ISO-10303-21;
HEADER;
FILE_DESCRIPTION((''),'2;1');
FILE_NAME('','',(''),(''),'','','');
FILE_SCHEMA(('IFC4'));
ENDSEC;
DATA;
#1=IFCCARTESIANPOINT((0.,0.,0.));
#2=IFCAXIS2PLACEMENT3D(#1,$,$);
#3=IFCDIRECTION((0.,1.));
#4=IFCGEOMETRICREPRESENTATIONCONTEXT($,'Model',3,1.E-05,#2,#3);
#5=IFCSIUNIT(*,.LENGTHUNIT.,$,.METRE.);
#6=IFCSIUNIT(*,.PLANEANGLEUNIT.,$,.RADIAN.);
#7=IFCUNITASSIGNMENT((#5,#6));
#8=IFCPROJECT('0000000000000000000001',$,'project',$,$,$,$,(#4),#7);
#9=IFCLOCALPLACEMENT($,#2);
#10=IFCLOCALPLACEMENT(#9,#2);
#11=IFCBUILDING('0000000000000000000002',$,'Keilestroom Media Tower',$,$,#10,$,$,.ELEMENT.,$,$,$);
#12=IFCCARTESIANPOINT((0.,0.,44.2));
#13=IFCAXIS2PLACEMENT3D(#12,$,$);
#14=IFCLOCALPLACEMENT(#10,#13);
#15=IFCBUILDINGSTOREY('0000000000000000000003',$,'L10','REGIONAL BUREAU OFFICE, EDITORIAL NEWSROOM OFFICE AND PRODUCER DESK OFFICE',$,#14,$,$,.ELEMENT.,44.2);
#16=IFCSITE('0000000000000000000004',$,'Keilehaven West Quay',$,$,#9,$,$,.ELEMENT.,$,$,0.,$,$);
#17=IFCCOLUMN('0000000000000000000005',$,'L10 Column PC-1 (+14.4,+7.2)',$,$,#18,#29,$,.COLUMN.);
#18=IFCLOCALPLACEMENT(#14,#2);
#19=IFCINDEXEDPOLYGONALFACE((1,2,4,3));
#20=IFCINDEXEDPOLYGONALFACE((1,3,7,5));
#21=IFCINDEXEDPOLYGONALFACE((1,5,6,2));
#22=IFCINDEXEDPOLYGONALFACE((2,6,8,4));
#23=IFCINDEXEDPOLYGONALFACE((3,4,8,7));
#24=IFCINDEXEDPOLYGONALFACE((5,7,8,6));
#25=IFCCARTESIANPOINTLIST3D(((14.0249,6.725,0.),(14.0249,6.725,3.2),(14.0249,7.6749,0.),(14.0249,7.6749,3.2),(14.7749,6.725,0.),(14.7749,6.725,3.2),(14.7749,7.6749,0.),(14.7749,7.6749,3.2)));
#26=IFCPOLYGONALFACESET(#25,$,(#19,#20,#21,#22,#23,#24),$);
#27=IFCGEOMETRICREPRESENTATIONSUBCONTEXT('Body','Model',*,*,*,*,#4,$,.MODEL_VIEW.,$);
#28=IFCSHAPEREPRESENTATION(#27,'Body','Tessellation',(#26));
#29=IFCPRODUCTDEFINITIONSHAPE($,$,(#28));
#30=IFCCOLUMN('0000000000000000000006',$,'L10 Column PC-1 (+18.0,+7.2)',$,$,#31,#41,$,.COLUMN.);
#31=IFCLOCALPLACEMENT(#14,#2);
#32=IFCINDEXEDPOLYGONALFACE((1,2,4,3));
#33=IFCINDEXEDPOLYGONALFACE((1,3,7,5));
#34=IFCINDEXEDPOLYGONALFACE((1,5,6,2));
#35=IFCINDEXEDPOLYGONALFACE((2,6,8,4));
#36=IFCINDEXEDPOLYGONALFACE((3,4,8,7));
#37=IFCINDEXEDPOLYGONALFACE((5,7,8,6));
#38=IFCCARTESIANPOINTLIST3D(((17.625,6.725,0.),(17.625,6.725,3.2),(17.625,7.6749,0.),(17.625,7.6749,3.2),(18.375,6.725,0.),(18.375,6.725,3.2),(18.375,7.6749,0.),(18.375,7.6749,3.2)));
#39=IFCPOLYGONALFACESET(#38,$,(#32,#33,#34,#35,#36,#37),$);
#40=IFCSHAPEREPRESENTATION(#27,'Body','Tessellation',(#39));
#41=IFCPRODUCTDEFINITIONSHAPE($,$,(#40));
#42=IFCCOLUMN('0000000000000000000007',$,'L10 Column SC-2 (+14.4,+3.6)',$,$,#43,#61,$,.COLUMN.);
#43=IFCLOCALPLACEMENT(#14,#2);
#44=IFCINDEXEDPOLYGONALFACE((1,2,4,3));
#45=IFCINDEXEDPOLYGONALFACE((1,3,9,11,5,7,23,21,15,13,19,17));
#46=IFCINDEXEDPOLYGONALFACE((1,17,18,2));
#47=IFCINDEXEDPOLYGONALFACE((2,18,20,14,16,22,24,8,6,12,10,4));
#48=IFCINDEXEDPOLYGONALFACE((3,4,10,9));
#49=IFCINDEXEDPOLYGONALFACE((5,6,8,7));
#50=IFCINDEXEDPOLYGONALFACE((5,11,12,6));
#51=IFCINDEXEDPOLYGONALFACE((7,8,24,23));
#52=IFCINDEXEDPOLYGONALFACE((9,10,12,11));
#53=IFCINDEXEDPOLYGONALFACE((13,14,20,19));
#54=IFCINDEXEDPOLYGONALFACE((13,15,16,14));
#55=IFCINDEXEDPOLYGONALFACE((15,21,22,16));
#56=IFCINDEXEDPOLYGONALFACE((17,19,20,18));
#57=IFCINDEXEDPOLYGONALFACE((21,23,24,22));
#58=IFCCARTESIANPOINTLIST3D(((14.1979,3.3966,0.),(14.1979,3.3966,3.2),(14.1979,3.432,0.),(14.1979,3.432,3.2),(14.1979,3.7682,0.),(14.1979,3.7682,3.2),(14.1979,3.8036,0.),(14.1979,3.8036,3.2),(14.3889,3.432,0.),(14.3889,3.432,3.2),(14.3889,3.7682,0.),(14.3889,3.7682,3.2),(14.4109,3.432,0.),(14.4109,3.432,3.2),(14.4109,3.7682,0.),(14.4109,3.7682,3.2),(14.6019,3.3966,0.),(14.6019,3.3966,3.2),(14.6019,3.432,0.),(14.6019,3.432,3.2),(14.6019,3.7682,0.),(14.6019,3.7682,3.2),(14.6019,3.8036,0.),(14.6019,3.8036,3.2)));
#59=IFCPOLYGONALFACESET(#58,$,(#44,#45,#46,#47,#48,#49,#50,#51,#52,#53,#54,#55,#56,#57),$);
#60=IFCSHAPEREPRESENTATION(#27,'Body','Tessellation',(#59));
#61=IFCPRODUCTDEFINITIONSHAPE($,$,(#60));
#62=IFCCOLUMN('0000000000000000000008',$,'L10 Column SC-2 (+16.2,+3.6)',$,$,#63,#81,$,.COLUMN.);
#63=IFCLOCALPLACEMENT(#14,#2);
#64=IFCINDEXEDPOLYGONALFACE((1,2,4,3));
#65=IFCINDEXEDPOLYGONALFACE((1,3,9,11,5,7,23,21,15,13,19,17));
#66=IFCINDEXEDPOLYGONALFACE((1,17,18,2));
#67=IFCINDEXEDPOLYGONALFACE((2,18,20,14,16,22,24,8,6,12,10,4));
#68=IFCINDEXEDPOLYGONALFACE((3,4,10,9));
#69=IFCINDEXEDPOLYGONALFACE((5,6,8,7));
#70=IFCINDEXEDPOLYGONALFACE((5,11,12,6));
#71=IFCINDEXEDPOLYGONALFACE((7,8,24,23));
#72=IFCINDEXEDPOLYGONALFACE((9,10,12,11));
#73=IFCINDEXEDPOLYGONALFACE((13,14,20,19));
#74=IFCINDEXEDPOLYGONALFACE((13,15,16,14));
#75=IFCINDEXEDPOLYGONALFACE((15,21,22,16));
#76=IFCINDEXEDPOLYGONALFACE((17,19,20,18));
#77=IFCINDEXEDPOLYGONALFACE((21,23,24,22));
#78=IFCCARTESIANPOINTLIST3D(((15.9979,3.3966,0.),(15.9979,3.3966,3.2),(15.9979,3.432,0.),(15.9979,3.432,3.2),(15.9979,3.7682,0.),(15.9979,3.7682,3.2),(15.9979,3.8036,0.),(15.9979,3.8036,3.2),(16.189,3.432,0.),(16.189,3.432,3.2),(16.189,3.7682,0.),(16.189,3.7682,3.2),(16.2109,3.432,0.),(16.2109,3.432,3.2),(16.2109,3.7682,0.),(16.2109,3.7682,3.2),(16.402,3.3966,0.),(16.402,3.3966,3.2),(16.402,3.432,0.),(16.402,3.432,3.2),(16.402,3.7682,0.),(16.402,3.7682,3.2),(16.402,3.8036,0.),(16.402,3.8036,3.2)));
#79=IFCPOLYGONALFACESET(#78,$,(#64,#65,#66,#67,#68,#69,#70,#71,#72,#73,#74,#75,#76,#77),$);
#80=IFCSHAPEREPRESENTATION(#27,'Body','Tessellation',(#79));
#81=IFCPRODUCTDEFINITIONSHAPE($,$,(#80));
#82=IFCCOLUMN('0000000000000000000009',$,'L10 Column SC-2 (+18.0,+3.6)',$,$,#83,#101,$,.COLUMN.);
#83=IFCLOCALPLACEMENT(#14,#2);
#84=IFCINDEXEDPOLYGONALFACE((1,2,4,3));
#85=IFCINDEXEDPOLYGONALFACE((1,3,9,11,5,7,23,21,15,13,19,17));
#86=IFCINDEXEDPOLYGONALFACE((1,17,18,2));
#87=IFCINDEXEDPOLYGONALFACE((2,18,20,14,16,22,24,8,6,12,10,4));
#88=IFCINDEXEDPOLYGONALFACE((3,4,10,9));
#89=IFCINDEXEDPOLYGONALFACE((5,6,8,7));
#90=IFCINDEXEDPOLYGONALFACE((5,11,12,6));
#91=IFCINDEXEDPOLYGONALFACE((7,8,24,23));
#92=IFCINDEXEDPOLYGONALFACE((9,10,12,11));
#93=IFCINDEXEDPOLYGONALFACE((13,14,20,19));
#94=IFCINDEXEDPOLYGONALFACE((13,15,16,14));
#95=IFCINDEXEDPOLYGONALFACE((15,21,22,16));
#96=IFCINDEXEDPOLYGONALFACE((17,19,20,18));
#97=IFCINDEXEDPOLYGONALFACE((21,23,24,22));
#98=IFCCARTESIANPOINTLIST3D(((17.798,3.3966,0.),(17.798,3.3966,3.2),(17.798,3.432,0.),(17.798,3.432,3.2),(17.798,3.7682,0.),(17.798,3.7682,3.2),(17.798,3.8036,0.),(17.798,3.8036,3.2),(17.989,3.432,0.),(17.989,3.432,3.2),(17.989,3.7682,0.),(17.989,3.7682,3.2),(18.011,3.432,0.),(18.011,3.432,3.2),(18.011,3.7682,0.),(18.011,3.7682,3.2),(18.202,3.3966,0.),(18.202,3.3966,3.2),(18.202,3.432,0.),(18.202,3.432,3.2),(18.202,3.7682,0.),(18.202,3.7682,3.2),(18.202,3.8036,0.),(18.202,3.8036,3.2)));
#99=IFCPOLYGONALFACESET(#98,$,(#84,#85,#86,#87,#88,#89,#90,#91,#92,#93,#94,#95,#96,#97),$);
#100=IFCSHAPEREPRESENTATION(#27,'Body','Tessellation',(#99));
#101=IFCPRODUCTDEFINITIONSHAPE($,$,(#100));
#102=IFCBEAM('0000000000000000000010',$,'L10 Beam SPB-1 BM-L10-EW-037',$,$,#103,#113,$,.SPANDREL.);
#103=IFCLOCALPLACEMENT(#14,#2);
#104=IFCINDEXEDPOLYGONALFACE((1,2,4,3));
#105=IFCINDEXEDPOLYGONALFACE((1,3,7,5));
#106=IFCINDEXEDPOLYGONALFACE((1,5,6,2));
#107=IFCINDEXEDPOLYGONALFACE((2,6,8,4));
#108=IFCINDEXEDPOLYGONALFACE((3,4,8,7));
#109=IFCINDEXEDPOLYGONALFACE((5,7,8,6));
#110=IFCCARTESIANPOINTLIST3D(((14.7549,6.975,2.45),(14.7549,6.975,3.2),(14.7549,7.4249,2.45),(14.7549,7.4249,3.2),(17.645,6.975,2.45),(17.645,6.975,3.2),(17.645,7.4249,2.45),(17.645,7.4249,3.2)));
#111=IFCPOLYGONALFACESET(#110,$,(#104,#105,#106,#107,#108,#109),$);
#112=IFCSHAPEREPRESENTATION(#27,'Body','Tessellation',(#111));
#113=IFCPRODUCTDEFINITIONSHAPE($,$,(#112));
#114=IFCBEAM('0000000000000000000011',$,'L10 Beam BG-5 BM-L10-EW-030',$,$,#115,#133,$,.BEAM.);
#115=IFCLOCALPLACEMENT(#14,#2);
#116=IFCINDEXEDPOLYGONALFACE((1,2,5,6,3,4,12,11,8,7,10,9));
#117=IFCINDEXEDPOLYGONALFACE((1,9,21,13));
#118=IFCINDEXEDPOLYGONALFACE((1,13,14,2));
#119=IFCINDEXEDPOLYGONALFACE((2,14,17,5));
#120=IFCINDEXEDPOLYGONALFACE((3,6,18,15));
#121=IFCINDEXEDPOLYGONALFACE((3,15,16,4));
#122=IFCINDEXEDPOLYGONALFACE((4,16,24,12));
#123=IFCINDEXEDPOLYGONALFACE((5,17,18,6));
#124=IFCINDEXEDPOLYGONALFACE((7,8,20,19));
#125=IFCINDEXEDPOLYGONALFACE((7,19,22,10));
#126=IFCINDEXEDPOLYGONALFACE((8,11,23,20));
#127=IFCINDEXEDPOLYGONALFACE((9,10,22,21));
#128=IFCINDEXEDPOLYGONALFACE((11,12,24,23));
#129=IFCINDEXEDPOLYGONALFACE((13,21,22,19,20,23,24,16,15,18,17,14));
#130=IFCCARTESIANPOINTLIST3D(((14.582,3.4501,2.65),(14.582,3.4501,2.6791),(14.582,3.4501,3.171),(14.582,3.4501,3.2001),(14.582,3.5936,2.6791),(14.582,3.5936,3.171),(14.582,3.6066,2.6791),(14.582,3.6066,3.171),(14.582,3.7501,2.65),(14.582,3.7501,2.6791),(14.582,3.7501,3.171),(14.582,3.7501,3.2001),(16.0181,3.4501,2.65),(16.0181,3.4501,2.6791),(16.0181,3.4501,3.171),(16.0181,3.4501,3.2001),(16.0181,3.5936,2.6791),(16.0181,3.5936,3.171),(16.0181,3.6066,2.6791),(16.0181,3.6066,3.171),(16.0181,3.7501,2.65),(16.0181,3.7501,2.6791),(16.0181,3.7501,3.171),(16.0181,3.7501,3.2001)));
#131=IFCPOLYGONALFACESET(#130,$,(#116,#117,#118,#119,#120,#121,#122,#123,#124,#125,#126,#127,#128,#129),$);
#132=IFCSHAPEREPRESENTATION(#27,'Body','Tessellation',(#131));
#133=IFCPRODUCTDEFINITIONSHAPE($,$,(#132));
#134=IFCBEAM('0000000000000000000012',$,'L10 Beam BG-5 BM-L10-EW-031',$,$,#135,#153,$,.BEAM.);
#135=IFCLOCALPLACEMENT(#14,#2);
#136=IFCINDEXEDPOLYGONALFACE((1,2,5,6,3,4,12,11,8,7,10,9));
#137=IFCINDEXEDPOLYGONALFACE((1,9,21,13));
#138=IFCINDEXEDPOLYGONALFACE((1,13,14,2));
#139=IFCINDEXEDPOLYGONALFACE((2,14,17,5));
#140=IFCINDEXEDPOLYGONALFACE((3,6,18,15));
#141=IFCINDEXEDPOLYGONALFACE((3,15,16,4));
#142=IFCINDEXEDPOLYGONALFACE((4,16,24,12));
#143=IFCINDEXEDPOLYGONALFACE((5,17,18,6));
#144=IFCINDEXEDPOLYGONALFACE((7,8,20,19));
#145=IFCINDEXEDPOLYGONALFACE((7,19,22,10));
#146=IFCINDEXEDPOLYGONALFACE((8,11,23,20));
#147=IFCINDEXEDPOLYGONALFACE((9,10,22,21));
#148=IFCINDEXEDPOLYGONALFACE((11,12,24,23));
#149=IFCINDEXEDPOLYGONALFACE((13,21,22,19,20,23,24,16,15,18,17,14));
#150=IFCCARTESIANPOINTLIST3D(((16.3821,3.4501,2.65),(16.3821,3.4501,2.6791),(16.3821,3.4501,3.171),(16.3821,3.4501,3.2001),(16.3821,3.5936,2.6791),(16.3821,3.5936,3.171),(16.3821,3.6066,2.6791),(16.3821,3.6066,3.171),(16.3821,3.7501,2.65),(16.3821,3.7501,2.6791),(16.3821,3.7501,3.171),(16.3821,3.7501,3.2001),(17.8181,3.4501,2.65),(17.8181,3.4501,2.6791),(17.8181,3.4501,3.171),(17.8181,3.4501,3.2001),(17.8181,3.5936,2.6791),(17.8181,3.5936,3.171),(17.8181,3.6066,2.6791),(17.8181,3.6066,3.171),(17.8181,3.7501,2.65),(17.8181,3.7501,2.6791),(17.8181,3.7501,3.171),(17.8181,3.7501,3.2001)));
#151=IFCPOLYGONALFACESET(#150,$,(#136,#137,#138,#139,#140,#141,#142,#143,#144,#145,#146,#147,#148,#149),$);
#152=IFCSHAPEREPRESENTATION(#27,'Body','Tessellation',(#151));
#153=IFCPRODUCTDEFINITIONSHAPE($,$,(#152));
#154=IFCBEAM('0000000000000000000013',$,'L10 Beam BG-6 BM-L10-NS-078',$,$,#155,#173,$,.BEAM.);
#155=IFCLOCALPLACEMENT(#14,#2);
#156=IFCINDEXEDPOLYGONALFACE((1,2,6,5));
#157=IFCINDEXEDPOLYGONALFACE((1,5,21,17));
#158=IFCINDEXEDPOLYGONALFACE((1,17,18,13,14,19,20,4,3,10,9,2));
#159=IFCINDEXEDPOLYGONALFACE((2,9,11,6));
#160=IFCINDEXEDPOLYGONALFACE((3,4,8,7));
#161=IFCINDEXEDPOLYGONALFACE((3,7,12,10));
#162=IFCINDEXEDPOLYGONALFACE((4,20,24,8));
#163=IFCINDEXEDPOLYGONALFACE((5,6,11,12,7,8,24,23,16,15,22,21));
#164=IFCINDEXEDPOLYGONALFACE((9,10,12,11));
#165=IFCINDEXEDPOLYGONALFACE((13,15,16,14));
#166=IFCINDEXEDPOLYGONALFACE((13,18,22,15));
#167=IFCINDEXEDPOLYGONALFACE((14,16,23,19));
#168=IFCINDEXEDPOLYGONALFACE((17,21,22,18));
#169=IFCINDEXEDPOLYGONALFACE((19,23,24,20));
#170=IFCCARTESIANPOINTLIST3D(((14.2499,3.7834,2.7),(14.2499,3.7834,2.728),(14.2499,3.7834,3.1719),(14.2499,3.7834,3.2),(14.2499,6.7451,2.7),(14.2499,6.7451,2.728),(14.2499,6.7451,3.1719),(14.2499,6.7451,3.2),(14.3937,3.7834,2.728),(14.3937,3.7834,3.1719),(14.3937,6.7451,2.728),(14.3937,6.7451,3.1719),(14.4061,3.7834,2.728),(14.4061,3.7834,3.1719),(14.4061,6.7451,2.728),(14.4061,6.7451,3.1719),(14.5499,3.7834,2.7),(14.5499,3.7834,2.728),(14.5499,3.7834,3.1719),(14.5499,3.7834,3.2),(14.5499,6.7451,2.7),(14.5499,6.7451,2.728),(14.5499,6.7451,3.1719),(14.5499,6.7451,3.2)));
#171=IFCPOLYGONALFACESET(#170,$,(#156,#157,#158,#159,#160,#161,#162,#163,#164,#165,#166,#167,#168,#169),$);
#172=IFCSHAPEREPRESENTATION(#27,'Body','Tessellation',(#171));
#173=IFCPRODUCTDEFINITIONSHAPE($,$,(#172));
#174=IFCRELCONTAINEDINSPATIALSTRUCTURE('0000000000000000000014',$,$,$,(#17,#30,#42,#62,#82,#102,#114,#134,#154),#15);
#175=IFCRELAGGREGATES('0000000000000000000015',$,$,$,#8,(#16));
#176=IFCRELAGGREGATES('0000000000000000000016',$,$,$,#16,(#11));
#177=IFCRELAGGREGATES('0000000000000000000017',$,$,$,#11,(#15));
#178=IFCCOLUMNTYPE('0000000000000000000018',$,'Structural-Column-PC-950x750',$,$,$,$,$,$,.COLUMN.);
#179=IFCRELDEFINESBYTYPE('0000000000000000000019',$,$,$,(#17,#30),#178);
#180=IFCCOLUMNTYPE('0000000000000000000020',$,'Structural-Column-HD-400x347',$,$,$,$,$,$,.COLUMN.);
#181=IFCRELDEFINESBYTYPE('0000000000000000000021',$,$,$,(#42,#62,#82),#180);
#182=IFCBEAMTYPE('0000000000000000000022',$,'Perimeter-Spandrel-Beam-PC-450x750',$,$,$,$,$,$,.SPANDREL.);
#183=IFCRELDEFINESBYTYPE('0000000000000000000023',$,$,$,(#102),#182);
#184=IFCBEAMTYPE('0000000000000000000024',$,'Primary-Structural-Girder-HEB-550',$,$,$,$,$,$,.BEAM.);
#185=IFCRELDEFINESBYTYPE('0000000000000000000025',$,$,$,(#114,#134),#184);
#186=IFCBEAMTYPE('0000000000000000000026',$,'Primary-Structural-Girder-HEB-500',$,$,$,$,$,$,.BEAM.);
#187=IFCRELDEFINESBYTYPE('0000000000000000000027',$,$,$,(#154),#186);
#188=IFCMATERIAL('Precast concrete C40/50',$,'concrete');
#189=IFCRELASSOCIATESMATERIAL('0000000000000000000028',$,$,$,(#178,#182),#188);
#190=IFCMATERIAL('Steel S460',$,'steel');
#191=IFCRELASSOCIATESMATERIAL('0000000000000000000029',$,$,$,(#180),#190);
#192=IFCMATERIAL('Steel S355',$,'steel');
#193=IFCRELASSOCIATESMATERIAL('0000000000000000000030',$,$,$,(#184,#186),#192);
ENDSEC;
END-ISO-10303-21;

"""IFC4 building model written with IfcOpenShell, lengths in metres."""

from ifc_helpers import new_model, si_unit, direction, frame, origin, origin_2d, place, context, subcontext, project, spatial, rectangle, i_section, extrude, source, transform, mapped, material, material_profile, profile_set, type_object, element, save


model = new_model("IFC4")

# Units and contexts
model_context = context("Model", 3, precision=1e-05, world=origin(), true_north=direction((0.0, 1.0)))
body_context = subcontext(model_context, "Body", "Model", "MODEL_VIEW")
ifc_project = project(units=[si_unit("LENGTHUNIT", "METRE"), si_unit("PLANEANGLEUNIT", "RADIAN")], contexts=[model_context])

# Site, building, storey
site_placement = place(None, origin())
site = spatial("IfcSite", under=ifc_project, at=site_placement, Name="Keilehaven West Quay", CompositionType="ELEMENT", RefElevation=0.0)
building_placement = place(site_placement, origin())
building = spatial("IfcBuilding", under=site, at=building_placement, Name="Keilestroom Media Tower", CompositionType="ELEMENT")
storey_placement = place(building_placement, frame((0.0, 0.0, 44.2)))
storey = spatial("IfcBuildingStorey", under=building, at=storey_placement, Name="L10", Description="REGIONAL BUREAU OFFICE, EDITORIAL NEWSROOM OFFICE AND PRODUCER DESK OFFICE", CompositionType="ELEMENT", Elevation=44.2)

# Columns
ifc_material_1 = material(Name="Precast concrete C40/50", Category="concrete")
ifc_material_profile_1 = material_profile(ifc_material_1, rectangle(XDim=0.75, YDim=0.95, at=origin_2d()), Name="PC 950x750")
ifc_profile_set_1 = profile_set([ifc_material_profile_1], Name="Precast concrete C40/50")
column_type_1 = type_object("IfcColumnType", Name="Structural-Column-PC-950x750", PredefinedType="COLUMN", material=ifc_profile_set_1)
shared_shape_1 = source(origin(), body_context, "Body", "SweptSolid", [
    extrude(rectangle(XDim=0.75, YDim=0.95, at=origin_2d()), origin(), (0.0, 0.0, 1.0), 3.2),
])
for number, where, z_axis, x_axis, name in (
    (1, (14.3999, 7.2, 0.0), (0.0, 0.0, 1.0), (1.0, 0.0, 0.0), "L10 Column PC-1 (+14.4,+7.2)"),
    (2, (18.0, 7.2, 0.0), (0.0, 0.0, 1.0), (1.0, 0.0, 0.0), "L10 Column PC-1 (+18.0,+7.2)"),
):
    element("IfcColumn", number, at=place(storey_placement, frame(where, z_axis=z_axis, x_axis=x_axis)), inside=storey, type_object=column_type_1, Name=name, PredefinedType="COLUMN", context=body_context, shape_type="MappedRepresentation", body=[
        mapped(shared_shape_1, transform((0.0, 0.0, 0.0), x_axis=(1.0, 0.0, 0.0), y_axis=(0.0, 1.0, 0.0), z_axis=(0.0, 0.0, 1.0), scale=1.0)),
    ])
ifc_material_2 = material(Name="Steel S460", Category="steel")
ifc_material_profile_2 = material_profile(ifc_material_2, i_section(OverallWidth=0.4041, OverallDepth=0.407, WebThickness=0.022, FlangeThickness=0.0354, at=origin_2d()), Name="HD 400x347")
ifc_profile_set_2 = profile_set([ifc_material_profile_2], Name="Steel S460")
column_type_2 = type_object("IfcColumnType", Name="Structural-Column-HD-400x347", PredefinedType="COLUMN", material=ifc_profile_set_2)
shared_shape_2 = source(origin(), body_context, "Body", "SweptSolid", [
    extrude(i_section(OverallWidth=0.4041, OverallDepth=0.407, WebThickness=0.022, FlangeThickness=0.0354, at=origin_2d()), origin(), (0.0, 0.0, 1.0), 3.2),
])
for number, where, z_axis, x_axis, name in (
    (3, (14.3999, 3.6001, 0.0), (0.0, 0.0, 1.0), (1.0, 0.0, 0.0), "L10 Column SC-2 (+14.4,+3.6)"),
    (4, (16.2, 3.6001, 0.0), (0.0, 0.0, 1.0), (1.0, 0.0, 0.0), "L10 Column SC-2 (+16.2,+3.6)"),
    (5, (18.0, 3.6001, 0.0), (0.0, 0.0, 1.0), (1.0, 0.0, 0.0), "L10 Column SC-2 (+18.0,+3.6)"),
):
    element("IfcColumn", number, at=place(storey_placement, frame(where, z_axis=z_axis, x_axis=x_axis)), inside=storey, type_object=column_type_2, Name=name, PredefinedType="COLUMN", context=body_context, shape_type="MappedRepresentation", body=[
        mapped(shared_shape_2, transform((0.0, 0.0, 0.0), x_axis=(1.0, 0.0, 0.0), y_axis=(0.0, 1.0, 0.0), z_axis=(0.0, 0.0, 1.0), scale=1.0)),
    ])

# Beams
ifc_material_profile_3 = material_profile(ifc_material_1, rectangle(XDim=0.45, YDim=0.75, at=origin_2d()), Name="PC 450x750")
ifc_profile_set_3 = profile_set([ifc_material_profile_3], Name="Precast concrete C40/50")
beam_type_1 = type_object("IfcBeamType", Name="Perimeter-Spandrel-Beam-PC-450x750", PredefinedType="SPANDREL", material=ifc_profile_set_3)
shared_shape_3 = source(origin(), body_context, "Body", "SweptSolid", [
    extrude(rectangle(XDim=0.45, YDim=0.75, at=origin_2d()), origin(), (0.0, 0.0, 1.0), 2.8901),
])
beam_placement = place(storey_placement, frame((14.7549, 7.2, 2.825), z_axis=(1.0, 0.0, 0.0), x_axis=(0.0, 1.0, 0.0)))
element("IfcBeam", 6, at=beam_placement, inside=storey, type_object=beam_type_1, Name="L10 Beam SPB-1 BM-L10-EW-037", PredefinedType="SPANDREL", context=body_context, shape_type="MappedRepresentation", body=[
    mapped(shared_shape_3, transform((0.0, 0.0, 0.0), x_axis=(1.0, 0.0, 0.0), y_axis=(0.0, 1.0, 0.0), z_axis=(0.0, 0.0, 1.0), scale=1.0)),
])
ifc_material_3 = material(Name="Steel S355", Category="steel")
ifc_material_profile_4 = material_profile(ifc_material_3, i_section(OverallWidth=0.3, OverallDepth=0.55, WebThickness=0.0129, FlangeThickness=0.0291, at=origin_2d()), Name="HEB 550")
ifc_profile_set_4 = profile_set([ifc_material_profile_4], Name="Steel S355")
beam_type_2 = type_object("IfcBeamType", Name="Primary-Structural-Girder-HEB-550", PredefinedType="BEAM", material=ifc_profile_set_4)
shared_shape_4 = source(origin(), body_context, "Body", "SweptSolid", [
    extrude(i_section(OverallWidth=0.3, OverallDepth=0.55, WebThickness=0.0129, FlangeThickness=0.0291, at=origin_2d()), origin(), (0.0, 0.0, 1.0), 1.436),
])
for number, where, z_axis, x_axis, name in (
    (7, (14.582, 3.6001, 2.925), (1.0, 0.0, 0.0), (0.0, 1.0, 0.0), "L10 Beam BG-5 BM-L10-EW-030"),
    (8, (16.3821, 3.6001, 2.925), (1.0, 0.0, 0.0), (0.0, 1.0, 0.0), "L10 Beam BG-5 BM-L10-EW-031"),
):
    element("IfcBeam", number, at=place(storey_placement, frame(where, z_axis=z_axis, x_axis=x_axis)), inside=storey, type_object=beam_type_2, Name=name, PredefinedType="BEAM", context=body_context, shape_type="MappedRepresentation", body=[
        mapped(shared_shape_4, transform((0.0, 0.0, 0.0), x_axis=(1.0, 0.0, 0.0), y_axis=(0.0, 1.0, 0.0), z_axis=(0.0, 0.0, 1.0), scale=1.0)),
    ])
ifc_material_profile_5 = material_profile(ifc_material_3, i_section(OverallWidth=0.3, OverallDepth=0.5, WebThickness=0.0125, FlangeThickness=0.0281, at=origin_2d()), Name="HEB 500")
ifc_profile_set_5 = profile_set([ifc_material_profile_5], Name="Steel S355")
beam_type_3 = type_object("IfcBeamType", Name="Primary-Structural-Girder-HEB-500", PredefinedType="BEAM", material=ifc_profile_set_5)
shared_shape_5 = source(origin(), body_context, "Body", "SweptSolid", [
    extrude(i_section(OverallWidth=0.3, OverallDepth=0.5, WebThickness=0.0125, FlangeThickness=0.0281, at=origin_2d()), origin(), (0.0, 0.0, 1.0), 2.9617),
])
for number, where, z_axis, x_axis, name in (
    (9, (14.3999, 3.7834, 2.95), (0.0, 1.0, 0.0), (-1.0, 0.0, 0.0), "L10 Beam BG-6 BM-L10-NS-078"),
):
    element("IfcBeam", number, at=place(storey_placement, frame(where, z_axis=z_axis, x_axis=x_axis)), inside=storey, type_object=beam_type_3, Name=name, PredefinedType="BEAM", context=body_context, shape_type="MappedRepresentation", body=[
        mapped(shared_shape_5, transform((0.0, 0.0, 0.0), x_axis=(1.0, 0.0, 0.0), y_axis=(0.0, 1.0, 0.0), z_axis=(0.0, 0.0, 1.0), scale=1.0)),
    ])

save(model, "model.ifc")
